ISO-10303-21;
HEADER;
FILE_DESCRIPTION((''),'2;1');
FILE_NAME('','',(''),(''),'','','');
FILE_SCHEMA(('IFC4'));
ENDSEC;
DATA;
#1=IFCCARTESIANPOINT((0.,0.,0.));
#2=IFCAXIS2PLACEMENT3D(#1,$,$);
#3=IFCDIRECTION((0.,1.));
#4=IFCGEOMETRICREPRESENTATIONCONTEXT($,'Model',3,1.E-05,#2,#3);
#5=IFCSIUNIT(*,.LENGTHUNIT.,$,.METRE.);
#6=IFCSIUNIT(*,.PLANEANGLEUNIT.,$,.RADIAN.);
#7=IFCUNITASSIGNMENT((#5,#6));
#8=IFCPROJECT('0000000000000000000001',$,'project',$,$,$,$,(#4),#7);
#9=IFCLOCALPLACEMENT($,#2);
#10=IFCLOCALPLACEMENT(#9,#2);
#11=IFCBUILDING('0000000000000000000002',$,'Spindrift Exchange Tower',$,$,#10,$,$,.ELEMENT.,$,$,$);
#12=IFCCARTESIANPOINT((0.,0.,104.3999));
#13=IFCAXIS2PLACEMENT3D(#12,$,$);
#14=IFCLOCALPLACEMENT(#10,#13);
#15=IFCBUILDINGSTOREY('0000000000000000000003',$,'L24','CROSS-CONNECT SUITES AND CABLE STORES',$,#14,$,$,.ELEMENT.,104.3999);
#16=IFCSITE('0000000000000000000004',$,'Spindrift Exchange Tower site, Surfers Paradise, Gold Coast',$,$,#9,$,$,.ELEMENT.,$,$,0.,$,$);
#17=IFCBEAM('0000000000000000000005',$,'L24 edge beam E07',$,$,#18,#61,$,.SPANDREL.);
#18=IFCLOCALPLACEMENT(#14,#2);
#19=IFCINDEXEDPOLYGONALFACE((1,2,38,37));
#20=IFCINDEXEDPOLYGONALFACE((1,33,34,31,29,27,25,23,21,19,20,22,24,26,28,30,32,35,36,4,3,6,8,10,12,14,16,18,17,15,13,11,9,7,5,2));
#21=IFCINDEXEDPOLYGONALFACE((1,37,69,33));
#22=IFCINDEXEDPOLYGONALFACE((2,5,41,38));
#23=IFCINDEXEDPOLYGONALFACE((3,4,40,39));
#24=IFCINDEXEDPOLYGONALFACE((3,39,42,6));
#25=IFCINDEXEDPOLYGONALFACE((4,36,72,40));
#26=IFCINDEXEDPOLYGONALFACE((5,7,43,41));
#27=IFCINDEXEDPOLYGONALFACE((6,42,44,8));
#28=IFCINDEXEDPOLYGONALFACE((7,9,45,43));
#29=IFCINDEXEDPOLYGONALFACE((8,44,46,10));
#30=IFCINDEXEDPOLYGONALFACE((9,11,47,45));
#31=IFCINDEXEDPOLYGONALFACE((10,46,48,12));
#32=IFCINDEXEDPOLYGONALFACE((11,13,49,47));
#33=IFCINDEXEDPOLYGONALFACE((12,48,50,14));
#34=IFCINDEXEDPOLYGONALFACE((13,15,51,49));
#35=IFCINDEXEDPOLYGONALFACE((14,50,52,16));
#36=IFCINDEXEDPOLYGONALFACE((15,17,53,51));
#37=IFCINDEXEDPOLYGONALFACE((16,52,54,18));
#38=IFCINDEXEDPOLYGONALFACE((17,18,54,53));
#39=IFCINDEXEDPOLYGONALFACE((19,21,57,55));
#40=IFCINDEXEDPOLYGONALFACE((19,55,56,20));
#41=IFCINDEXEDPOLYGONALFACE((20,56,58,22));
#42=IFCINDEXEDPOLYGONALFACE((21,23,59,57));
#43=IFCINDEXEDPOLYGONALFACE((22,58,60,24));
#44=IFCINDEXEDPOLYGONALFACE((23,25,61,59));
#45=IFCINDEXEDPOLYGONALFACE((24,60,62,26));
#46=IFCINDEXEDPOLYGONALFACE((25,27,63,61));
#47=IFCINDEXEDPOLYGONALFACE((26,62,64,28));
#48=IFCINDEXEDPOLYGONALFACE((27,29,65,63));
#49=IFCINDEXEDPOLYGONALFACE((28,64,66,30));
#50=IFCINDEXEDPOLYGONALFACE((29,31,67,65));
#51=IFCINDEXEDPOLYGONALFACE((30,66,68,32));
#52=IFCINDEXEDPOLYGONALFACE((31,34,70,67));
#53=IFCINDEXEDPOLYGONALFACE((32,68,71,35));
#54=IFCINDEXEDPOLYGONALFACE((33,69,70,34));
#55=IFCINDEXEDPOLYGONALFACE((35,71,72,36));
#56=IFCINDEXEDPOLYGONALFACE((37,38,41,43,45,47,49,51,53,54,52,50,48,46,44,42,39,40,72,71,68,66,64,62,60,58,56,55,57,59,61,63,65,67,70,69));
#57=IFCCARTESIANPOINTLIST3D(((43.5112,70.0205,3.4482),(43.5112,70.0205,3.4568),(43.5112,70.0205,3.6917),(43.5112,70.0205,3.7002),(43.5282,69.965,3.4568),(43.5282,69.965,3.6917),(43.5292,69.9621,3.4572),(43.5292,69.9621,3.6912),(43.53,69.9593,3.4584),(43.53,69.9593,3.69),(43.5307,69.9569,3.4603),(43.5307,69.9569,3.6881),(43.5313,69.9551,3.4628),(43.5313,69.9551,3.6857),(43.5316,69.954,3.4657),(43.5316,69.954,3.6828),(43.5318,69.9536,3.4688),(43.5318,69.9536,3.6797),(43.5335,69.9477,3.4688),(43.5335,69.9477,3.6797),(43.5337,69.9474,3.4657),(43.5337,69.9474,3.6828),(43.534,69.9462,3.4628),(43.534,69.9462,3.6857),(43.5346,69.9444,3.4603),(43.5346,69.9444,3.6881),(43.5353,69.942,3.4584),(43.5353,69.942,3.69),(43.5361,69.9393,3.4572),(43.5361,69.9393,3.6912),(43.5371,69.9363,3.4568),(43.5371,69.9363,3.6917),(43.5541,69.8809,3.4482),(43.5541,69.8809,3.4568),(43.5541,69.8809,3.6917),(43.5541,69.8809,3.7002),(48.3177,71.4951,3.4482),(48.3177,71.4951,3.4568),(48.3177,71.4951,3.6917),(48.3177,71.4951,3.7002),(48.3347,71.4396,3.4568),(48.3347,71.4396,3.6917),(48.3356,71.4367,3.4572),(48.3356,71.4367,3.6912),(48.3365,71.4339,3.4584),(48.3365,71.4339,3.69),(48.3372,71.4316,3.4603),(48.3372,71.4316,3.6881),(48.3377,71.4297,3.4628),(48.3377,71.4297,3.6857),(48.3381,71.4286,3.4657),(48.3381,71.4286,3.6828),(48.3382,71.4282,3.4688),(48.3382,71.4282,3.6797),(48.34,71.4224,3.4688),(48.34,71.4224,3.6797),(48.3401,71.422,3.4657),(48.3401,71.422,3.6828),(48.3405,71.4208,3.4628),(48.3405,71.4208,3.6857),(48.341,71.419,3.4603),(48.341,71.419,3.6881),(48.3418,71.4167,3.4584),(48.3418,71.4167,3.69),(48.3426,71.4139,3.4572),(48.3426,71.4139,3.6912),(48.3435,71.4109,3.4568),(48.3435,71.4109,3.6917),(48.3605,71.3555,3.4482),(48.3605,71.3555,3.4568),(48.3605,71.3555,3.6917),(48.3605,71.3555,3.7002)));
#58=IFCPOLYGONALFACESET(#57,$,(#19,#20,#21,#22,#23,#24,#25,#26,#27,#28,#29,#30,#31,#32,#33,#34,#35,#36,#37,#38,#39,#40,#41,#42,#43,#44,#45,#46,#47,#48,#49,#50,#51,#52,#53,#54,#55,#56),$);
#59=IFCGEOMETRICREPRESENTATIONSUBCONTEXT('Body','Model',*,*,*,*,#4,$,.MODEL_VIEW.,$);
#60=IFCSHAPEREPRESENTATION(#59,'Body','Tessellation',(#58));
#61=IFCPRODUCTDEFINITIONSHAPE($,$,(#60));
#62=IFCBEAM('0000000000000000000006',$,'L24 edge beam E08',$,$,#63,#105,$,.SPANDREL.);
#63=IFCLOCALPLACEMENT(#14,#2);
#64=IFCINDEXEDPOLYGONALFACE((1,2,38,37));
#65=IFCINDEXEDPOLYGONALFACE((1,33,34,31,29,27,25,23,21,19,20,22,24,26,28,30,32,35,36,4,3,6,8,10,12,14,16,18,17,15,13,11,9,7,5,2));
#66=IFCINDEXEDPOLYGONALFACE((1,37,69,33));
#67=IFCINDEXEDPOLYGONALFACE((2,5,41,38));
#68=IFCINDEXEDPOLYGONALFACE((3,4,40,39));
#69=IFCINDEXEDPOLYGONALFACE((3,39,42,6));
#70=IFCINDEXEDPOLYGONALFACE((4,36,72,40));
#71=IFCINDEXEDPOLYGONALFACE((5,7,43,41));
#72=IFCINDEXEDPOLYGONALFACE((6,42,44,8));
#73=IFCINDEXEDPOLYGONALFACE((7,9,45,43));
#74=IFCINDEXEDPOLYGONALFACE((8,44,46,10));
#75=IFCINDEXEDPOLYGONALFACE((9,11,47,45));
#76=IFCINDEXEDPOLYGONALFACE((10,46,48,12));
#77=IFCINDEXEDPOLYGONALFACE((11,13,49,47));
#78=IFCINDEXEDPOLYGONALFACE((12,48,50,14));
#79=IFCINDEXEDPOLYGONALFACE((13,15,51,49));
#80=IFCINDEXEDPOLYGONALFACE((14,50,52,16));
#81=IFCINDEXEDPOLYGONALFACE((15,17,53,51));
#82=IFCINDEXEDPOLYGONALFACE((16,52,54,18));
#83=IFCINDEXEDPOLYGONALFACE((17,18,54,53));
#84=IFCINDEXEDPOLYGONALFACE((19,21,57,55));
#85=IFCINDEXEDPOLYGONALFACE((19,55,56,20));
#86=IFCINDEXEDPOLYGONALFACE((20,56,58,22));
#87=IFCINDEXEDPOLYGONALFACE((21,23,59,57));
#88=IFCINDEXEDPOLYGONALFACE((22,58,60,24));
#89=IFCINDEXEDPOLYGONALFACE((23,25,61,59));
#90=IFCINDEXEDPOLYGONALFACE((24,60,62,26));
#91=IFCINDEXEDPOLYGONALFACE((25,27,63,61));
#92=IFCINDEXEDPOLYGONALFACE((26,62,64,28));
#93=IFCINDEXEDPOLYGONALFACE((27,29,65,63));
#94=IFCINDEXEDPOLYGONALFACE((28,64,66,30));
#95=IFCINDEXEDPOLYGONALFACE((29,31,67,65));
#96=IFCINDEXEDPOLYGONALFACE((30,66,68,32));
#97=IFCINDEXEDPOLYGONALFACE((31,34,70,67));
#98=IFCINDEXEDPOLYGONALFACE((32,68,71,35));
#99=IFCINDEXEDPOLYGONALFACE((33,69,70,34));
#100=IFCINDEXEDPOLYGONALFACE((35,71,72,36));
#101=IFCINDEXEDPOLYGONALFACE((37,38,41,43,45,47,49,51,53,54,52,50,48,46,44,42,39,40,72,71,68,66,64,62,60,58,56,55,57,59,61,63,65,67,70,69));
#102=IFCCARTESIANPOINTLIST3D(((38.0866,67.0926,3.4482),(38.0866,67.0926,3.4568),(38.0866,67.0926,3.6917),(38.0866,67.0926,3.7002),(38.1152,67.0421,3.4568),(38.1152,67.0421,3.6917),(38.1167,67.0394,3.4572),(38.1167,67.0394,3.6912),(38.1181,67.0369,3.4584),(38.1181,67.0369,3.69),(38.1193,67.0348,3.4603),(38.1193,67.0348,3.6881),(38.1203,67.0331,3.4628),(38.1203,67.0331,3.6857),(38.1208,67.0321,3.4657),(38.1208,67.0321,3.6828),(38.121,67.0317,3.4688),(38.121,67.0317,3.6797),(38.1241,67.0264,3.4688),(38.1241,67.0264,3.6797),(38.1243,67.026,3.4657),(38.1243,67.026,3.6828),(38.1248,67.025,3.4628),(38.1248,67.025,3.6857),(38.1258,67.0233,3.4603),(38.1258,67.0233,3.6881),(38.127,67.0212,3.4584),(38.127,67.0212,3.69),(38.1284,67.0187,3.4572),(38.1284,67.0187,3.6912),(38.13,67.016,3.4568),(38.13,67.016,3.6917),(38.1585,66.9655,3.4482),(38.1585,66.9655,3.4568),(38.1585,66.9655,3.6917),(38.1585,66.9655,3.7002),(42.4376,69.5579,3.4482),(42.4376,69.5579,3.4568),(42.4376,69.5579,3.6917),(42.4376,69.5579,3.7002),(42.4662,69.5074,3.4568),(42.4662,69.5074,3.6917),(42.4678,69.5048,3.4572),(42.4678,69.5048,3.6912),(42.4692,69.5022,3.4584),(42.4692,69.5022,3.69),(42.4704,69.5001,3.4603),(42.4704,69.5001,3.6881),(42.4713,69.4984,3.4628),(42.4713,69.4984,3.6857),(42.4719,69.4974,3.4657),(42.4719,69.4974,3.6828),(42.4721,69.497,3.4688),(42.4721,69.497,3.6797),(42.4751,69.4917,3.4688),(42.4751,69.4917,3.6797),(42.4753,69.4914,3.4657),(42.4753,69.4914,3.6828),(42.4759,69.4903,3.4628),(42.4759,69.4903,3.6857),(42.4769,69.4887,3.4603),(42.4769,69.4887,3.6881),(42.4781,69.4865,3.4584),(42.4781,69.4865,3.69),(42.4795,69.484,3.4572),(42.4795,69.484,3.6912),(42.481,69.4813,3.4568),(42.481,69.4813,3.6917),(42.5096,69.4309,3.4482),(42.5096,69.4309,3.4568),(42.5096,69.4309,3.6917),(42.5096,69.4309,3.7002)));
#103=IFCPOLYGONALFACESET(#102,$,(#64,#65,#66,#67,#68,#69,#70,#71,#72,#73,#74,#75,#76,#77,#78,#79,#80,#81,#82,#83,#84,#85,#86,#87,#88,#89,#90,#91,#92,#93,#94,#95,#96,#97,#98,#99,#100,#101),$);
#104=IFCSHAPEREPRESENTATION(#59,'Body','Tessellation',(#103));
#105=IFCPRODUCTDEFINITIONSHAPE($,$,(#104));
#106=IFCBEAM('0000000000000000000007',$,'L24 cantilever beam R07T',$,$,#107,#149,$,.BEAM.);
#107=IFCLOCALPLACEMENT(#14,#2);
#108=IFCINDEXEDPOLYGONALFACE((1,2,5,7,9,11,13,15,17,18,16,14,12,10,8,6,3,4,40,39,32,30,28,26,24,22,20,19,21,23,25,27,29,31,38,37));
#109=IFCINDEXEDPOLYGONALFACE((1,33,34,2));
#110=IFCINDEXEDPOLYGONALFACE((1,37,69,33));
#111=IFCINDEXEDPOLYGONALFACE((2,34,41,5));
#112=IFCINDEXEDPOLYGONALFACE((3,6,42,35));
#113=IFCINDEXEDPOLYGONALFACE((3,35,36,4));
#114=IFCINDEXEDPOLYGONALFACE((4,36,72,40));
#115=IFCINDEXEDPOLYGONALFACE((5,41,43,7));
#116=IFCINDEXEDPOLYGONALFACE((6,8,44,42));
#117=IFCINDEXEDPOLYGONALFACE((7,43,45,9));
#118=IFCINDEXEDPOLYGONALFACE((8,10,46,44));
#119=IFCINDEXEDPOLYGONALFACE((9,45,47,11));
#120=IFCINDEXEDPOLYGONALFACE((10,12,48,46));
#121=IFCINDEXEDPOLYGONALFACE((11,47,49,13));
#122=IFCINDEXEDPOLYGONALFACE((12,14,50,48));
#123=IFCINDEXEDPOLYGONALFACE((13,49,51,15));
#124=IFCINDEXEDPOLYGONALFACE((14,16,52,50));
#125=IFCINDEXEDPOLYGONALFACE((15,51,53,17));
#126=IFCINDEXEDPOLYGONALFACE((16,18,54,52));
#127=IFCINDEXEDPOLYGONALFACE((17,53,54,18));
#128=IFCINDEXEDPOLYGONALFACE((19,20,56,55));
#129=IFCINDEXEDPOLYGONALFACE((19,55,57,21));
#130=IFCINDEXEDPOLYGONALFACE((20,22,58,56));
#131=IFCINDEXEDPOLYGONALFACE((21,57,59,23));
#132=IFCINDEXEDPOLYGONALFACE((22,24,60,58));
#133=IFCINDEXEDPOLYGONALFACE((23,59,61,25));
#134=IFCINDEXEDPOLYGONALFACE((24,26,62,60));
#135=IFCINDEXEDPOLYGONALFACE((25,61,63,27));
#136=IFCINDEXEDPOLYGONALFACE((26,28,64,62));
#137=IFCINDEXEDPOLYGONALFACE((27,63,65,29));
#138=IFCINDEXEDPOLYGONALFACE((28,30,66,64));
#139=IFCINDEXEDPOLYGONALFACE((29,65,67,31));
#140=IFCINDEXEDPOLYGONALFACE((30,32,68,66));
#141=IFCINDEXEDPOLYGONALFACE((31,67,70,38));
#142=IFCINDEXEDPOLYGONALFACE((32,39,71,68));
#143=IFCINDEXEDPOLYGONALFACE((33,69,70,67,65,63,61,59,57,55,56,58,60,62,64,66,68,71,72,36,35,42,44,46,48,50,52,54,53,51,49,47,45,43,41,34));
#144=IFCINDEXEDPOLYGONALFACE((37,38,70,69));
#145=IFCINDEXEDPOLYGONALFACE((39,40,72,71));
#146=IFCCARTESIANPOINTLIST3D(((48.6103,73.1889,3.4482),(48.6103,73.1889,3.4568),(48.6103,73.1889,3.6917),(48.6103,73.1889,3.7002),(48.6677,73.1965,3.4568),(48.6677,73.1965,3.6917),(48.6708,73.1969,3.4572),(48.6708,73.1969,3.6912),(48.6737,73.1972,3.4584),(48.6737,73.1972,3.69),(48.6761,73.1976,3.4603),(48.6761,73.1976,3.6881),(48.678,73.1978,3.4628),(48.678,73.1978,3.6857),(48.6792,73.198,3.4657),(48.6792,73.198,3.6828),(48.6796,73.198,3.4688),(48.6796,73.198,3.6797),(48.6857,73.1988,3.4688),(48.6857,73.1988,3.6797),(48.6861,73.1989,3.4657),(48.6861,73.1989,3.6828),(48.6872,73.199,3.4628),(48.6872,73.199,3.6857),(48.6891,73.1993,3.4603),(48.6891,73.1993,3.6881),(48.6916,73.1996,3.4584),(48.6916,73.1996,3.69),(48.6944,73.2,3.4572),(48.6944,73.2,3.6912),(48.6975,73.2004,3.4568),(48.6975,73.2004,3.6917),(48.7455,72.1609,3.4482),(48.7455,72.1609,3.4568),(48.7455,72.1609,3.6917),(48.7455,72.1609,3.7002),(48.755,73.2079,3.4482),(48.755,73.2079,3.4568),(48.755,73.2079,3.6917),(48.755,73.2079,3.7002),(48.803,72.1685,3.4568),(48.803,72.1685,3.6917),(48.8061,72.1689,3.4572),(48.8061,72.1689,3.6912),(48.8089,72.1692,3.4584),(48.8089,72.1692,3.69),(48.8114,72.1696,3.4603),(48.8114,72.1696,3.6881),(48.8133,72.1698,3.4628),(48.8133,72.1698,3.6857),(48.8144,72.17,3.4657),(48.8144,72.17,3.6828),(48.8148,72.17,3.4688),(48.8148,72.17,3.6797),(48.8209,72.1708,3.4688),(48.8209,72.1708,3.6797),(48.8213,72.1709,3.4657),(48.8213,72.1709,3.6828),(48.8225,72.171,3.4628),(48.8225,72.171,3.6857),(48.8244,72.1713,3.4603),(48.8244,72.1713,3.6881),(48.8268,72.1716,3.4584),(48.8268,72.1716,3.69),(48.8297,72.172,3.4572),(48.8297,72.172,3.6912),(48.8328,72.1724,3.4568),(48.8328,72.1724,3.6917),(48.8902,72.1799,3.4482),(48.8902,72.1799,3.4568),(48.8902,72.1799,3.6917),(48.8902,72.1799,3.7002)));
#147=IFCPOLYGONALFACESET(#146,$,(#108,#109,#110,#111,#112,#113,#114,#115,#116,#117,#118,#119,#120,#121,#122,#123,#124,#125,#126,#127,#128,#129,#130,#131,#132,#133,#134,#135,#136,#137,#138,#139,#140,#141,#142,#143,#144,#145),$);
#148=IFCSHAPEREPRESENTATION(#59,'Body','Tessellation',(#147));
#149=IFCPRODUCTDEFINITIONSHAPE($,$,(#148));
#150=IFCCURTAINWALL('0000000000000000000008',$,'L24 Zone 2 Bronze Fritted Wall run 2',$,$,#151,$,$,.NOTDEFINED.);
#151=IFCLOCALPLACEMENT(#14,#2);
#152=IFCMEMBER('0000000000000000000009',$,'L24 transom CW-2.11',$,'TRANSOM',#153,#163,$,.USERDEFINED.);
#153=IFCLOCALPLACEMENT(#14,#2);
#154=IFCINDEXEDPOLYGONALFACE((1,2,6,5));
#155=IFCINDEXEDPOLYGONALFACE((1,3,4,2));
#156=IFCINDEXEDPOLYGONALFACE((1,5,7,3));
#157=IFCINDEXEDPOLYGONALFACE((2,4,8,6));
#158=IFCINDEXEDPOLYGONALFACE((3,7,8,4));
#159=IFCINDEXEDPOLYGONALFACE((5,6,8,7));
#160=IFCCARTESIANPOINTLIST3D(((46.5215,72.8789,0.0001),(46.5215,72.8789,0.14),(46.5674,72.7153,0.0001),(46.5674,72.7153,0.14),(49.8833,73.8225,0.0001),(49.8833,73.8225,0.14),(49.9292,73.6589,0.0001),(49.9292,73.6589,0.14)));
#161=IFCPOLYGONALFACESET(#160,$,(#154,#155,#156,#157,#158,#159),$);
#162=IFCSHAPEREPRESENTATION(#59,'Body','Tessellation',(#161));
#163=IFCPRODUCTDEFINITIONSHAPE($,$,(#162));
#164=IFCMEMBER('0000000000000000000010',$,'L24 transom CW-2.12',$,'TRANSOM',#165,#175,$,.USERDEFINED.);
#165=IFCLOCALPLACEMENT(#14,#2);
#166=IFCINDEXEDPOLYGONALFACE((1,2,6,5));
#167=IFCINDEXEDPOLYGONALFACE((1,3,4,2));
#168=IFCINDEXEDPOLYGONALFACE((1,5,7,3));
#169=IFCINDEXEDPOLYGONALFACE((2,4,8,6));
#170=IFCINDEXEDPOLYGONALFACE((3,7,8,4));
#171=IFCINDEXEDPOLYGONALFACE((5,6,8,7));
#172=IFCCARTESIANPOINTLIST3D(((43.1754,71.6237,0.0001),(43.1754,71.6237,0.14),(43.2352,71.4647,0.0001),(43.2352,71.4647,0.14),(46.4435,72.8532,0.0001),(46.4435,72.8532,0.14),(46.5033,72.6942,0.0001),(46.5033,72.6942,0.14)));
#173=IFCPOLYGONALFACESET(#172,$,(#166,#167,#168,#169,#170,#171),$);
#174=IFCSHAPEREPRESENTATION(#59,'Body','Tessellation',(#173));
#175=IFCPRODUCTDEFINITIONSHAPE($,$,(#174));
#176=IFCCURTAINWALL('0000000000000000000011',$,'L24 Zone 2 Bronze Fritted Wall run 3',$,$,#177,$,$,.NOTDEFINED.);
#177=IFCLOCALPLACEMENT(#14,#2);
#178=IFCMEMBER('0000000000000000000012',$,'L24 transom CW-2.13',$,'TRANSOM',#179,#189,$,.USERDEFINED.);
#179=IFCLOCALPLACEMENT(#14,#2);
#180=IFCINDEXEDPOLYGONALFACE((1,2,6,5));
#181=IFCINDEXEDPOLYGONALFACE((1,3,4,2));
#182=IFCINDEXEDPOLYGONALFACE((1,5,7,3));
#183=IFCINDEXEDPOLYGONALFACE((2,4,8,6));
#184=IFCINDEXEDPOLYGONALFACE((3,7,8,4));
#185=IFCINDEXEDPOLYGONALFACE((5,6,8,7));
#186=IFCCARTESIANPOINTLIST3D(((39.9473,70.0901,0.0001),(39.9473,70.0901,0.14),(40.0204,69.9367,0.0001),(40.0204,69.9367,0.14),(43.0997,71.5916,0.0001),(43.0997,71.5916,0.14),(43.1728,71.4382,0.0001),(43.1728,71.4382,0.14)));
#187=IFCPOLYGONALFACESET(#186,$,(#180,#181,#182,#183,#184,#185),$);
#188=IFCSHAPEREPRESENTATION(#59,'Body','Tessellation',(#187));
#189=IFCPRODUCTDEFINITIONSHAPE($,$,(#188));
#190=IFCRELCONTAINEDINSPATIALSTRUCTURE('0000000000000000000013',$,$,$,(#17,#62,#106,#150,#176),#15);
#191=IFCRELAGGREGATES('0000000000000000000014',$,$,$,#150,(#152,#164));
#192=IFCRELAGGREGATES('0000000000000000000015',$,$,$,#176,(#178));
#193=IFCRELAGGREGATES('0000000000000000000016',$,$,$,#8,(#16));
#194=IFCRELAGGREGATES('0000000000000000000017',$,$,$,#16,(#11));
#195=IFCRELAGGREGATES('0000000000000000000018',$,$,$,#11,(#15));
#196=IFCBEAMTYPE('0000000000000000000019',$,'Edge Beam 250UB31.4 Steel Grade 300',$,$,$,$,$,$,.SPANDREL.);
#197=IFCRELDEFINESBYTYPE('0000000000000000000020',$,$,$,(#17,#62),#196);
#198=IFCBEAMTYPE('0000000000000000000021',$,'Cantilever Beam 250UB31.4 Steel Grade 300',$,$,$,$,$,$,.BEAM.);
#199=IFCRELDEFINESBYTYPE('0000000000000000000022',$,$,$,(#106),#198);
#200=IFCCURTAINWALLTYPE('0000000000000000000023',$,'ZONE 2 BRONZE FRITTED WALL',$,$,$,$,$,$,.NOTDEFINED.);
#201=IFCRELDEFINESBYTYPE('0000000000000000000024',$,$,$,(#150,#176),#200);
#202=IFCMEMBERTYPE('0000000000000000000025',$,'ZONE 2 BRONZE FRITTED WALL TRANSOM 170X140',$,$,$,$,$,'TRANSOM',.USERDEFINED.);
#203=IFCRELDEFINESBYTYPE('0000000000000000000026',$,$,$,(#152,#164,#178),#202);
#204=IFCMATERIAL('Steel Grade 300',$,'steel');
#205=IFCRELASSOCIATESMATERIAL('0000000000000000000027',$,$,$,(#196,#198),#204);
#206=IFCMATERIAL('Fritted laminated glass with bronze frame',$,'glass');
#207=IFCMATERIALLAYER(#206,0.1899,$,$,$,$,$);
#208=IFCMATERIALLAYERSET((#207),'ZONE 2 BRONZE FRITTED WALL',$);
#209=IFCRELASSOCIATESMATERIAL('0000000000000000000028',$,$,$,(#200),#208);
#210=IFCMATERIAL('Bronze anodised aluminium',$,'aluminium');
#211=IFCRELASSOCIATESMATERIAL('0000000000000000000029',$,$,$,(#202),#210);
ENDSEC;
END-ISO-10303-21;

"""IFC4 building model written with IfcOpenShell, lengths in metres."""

from ifc_helpers import new_model, si_unit, direction, frame, origin, origin_2d, place, context, subcontext, project, spatial, rectangle, i_section, extrude, source, transform, mapped, material, layer, layer_set, material_profile, profile_set, type_object, element, aggregate, save


model = new_model("IFC4")

# Units and contexts
model_context = context("Model", 3, precision=1e-05, world=origin(), true_north=direction((0.0, 1.0)))
body_context = subcontext(model_context, "Body", "Model", "MODEL_VIEW")
ifc_project = project(units=[si_unit("LENGTHUNIT", "METRE"), si_unit("PLANEANGLEUNIT", "RADIAN")], contexts=[model_context])

# Site, building, storey
site_placement = place(None, origin())
site = spatial("IfcSite", under=ifc_project, at=site_placement, Name="Spindrift Exchange Tower site, Surfers Paradise, Gold Coast", CompositionType="ELEMENT", RefElevation=0.0)
building_placement = place(site_placement, origin())
building = spatial("IfcBuilding", under=site, at=building_placement, Name="Spindrift Exchange Tower", CompositionType="ELEMENT")
storey_placement = place(building_placement, frame((0.0, 0.0, 104.3999)))
storey = spatial("IfcBuildingStorey", under=building, at=storey_placement, Name="L24", Description="CROSS-CONNECT SUITES AND CABLE STORES", CompositionType="ELEMENT", Elevation=104.3999)

# Beams
ifc_material_1 = material(Name="Steel Grade 300", Category="steel")
ifc_material_profile_1 = material_profile(ifc_material_1, i_section(OverallWidth=0.146, OverallDepth=0.252, WebThickness=0.0061, FlangeThickness=0.0085, FilletRadius=0.012, at=origin_2d()), Name="250UB31.4")
ifc_profile_set_1 = profile_set([ifc_material_profile_1], Name="Steel Grade 300")
beam_type_1 = type_object("IfcBeamType", Name="Edge Beam 250UB31.4 Steel Grade 300", PredefinedType="SPANDREL", material=ifc_profile_set_1)
shared_shape_1 = source(origin(), body_context, "Body", "SweptSolid", [
    extrude(i_section(OverallWidth=0.146, OverallDepth=0.252, WebThickness=0.0061, FlangeThickness=0.0085, FilletRadius=0.012, at=origin_2d()), origin(), (0.0, 0.0, 1.0), 5.0276),
])
beam_1_placement = place(storey_placement, frame((48.3391, 71.4253, 3.5742), z_axis=(-0.956018, -0.293308, 0.0), x_axis=(0.293308, -0.956018, 0.0)))
element("IfcBeam", 1, at=beam_1_placement, inside=storey, type_object=beam_type_1, Name="L24 edge beam E07", PredefinedType="SPANDREL", context=body_context, shape_type="MappedRepresentation", body=[
    mapped(shared_shape_1, transform((0.0, 0.0, 0.0), scale=1.0)),
])
shared_shape_2 = source(origin(), body_context, "Body", "SweptSolid", [
    extrude(i_section(OverallWidth=0.146, OverallDepth=0.252, WebThickness=0.0061, FlangeThickness=0.0085, FilletRadius=0.012, at=origin_2d()), origin(), (0.0, 0.0, 1.0), 5.001),
])
beam_2_placement = place(storey_placement, frame((42.4736, 69.4944, 3.5742), z_axis=(-0.870046, -0.492971, 0.0), x_axis=(0.492971, -0.870046, 0.0)))
element("IfcBeam", 2, at=beam_2_placement, inside=storey, type_object=beam_type_1, Name="L24 edge beam E08", PredefinedType="SPANDREL", context=body_context, shape_type="MappedRepresentation", body=[
    mapped(shared_shape_2, transform((0.0, 0.0, 0.0), scale=1.0)),
])
ifc_material_profile_2 = material_profile(ifc_material_1, i_section(OverallWidth=0.146, OverallDepth=0.252, WebThickness=0.0061, FlangeThickness=0.0085, FilletRadius=0.012, at=origin_2d()), Name="250UB31.4")
ifc_profile_set_2 = profile_set([ifc_material_profile_2], Name="Steel Grade 300")
beam_type_2 = type_object("IfcBeamType", Name="Cantilever Beam 250UB31.4 Steel Grade 300", PredefinedType="BEAM", material=ifc_profile_set_2)
shared_shape_3 = source(origin(), body_context, "Body", "SweptSolid", [
    extrude(i_section(OverallWidth=0.146, OverallDepth=0.252, WebThickness=0.0061, FlangeThickness=0.0085, FilletRadius=0.012, at=origin_2d()), origin(), (0.0, 0.0, 1.0), 1.0369),
])
beam_3_placement = place(storey_placement, frame((48.8179, 72.1704, 3.5742), z_axis=(-0.130436, 0.991457, 0.0), x_axis=(-0.991457, -0.130436, 0.0)))
element("IfcBeam", 3, at=beam_3_placement, inside=storey, type_object=beam_type_2, Name="L24 cantilever beam R07T", PredefinedType="BEAM", context=body_context, shape_type="MappedRepresentation", body=[
    mapped(shared_shape_3, transform((0.0, 0.0, 0.0), scale=1.0)),
])

# Curtain wall, members
ifc_material_2 = material(Name="Fritted laminated glass with bronze frame", Category="glass")
ifc_layer_1 = layer(ifc_material_2, 0.1899)
ifc_layer_set_1 = layer_set([ifc_layer_1], Name="ZONE 2 BRONZE FRITTED WALL")
curtain_wall_type = type_object("IfcCurtainWallType", Name="ZONE 2 BRONZE FRITTED WALL", PredefinedType="NOTDEFINED", material=ifc_layer_set_1)
curtain_wall_1_placement = place(storey_placement, origin())
curtain_wall_1 = element("IfcCurtainWall", 4, at=curtain_wall_1_placement, inside=storey, type_object=curtain_wall_type, Name="L24 Zone 2 Bronze Fritted Wall run 2", PredefinedType="NOTDEFINED")
ifc_material_3 = material(Name="Bronze anodised aluminium", Category="aluminium")
ifc_material_profile_3 = material_profile(ifc_material_3, rectangle(XDim=0.1699, YDim=0.1399, at=origin_2d()), Name="ZONE 2 BRONZE FRITTED WALL TRANSOM 170X140")
ifc_profile_set_3 = profile_set([ifc_material_profile_3], Name="Bronze anodised aluminium")
member_type_1 = type_object("IfcMemberType", Name="ZONE 2 BRONZE FRITTED WALL TRANSOM 170X140", ElementType="TRANSOM", PredefinedType="USERDEFINED", material=ifc_profile_set_3)
shared_shape_4 = source(origin(), body_context, "Body", "SweptSolid", [
    extrude(rectangle(XDim=0.1699, YDim=0.1399, at=origin_2d()), origin(), (0.0, 0.0, 1.0), 3.4917),
])
member_1_placement = place(storey_placement, frame((49.9062, 73.7407, 0.0701), z_axis=(-0.962793, -0.270239, 0.0), x_axis=(0.270239, -0.962793, 0.0)))
member_1 = element("IfcMember", 5, at=member_1_placement, type_object=member_type_1, Name="L24 transom CW-2.11", ObjectType="TRANSOM", PredefinedType="USERDEFINED", context=body_context, shape_type="MappedRepresentation", body=[
    mapped(shared_shape_4, transform((0.0, 0.0, 0.0), scale=1.0)),
])
member_2_placement = place(storey_placement, frame((46.4734, 72.7737, 0.0701), z_axis=(-0.935955, -0.352119, 0.0), x_axis=(0.352119, -0.935955, 0.0)))
member_2 = element("IfcMember", 6, at=member_2_placement, type_object=member_type_1, Name="L24 transom CW-2.12", ObjectType="TRANSOM", PredefinedType="USERDEFINED", context=body_context, shape_type="MappedRepresentation", body=[
    mapped(shared_shape_4, transform((0.0, 0.0, 0.0), scale=1.0)),
])

# Curtain wall, member
curtain_wall_2_placement = place(storey_placement, origin())
curtain_wall_2 = element("IfcCurtainWall", 7, at=curtain_wall_2_placement, inside=storey, type_object=curtain_wall_type, Name="L24 Zone 2 Bronze Fritted Wall run 3", PredefinedType="NOTDEFINED")
member_3_placement = place(storey_placement, frame((43.1362, 71.5149, 0.0701), z_axis=(-0.902822, -0.430015, 0.0), x_axis=(0.430015, -0.902822, 0.0)))
member_3 = element("IfcMember", 8, at=member_3_placement, type_object=member_type_1, Name="L24 transom CW-2.13", ObjectType="TRANSOM", PredefinedType="USERDEFINED", context=body_context, shape_type="MappedRepresentation", body=[
    mapped(shared_shape_4, transform((0.0, 0.0, 0.0), scale=1.0)),
])

aggregate(curtain_wall_1, [member_1, member_2])
aggregate(curtain_wall_2, [member_3])

save(model, "model.ifc")
